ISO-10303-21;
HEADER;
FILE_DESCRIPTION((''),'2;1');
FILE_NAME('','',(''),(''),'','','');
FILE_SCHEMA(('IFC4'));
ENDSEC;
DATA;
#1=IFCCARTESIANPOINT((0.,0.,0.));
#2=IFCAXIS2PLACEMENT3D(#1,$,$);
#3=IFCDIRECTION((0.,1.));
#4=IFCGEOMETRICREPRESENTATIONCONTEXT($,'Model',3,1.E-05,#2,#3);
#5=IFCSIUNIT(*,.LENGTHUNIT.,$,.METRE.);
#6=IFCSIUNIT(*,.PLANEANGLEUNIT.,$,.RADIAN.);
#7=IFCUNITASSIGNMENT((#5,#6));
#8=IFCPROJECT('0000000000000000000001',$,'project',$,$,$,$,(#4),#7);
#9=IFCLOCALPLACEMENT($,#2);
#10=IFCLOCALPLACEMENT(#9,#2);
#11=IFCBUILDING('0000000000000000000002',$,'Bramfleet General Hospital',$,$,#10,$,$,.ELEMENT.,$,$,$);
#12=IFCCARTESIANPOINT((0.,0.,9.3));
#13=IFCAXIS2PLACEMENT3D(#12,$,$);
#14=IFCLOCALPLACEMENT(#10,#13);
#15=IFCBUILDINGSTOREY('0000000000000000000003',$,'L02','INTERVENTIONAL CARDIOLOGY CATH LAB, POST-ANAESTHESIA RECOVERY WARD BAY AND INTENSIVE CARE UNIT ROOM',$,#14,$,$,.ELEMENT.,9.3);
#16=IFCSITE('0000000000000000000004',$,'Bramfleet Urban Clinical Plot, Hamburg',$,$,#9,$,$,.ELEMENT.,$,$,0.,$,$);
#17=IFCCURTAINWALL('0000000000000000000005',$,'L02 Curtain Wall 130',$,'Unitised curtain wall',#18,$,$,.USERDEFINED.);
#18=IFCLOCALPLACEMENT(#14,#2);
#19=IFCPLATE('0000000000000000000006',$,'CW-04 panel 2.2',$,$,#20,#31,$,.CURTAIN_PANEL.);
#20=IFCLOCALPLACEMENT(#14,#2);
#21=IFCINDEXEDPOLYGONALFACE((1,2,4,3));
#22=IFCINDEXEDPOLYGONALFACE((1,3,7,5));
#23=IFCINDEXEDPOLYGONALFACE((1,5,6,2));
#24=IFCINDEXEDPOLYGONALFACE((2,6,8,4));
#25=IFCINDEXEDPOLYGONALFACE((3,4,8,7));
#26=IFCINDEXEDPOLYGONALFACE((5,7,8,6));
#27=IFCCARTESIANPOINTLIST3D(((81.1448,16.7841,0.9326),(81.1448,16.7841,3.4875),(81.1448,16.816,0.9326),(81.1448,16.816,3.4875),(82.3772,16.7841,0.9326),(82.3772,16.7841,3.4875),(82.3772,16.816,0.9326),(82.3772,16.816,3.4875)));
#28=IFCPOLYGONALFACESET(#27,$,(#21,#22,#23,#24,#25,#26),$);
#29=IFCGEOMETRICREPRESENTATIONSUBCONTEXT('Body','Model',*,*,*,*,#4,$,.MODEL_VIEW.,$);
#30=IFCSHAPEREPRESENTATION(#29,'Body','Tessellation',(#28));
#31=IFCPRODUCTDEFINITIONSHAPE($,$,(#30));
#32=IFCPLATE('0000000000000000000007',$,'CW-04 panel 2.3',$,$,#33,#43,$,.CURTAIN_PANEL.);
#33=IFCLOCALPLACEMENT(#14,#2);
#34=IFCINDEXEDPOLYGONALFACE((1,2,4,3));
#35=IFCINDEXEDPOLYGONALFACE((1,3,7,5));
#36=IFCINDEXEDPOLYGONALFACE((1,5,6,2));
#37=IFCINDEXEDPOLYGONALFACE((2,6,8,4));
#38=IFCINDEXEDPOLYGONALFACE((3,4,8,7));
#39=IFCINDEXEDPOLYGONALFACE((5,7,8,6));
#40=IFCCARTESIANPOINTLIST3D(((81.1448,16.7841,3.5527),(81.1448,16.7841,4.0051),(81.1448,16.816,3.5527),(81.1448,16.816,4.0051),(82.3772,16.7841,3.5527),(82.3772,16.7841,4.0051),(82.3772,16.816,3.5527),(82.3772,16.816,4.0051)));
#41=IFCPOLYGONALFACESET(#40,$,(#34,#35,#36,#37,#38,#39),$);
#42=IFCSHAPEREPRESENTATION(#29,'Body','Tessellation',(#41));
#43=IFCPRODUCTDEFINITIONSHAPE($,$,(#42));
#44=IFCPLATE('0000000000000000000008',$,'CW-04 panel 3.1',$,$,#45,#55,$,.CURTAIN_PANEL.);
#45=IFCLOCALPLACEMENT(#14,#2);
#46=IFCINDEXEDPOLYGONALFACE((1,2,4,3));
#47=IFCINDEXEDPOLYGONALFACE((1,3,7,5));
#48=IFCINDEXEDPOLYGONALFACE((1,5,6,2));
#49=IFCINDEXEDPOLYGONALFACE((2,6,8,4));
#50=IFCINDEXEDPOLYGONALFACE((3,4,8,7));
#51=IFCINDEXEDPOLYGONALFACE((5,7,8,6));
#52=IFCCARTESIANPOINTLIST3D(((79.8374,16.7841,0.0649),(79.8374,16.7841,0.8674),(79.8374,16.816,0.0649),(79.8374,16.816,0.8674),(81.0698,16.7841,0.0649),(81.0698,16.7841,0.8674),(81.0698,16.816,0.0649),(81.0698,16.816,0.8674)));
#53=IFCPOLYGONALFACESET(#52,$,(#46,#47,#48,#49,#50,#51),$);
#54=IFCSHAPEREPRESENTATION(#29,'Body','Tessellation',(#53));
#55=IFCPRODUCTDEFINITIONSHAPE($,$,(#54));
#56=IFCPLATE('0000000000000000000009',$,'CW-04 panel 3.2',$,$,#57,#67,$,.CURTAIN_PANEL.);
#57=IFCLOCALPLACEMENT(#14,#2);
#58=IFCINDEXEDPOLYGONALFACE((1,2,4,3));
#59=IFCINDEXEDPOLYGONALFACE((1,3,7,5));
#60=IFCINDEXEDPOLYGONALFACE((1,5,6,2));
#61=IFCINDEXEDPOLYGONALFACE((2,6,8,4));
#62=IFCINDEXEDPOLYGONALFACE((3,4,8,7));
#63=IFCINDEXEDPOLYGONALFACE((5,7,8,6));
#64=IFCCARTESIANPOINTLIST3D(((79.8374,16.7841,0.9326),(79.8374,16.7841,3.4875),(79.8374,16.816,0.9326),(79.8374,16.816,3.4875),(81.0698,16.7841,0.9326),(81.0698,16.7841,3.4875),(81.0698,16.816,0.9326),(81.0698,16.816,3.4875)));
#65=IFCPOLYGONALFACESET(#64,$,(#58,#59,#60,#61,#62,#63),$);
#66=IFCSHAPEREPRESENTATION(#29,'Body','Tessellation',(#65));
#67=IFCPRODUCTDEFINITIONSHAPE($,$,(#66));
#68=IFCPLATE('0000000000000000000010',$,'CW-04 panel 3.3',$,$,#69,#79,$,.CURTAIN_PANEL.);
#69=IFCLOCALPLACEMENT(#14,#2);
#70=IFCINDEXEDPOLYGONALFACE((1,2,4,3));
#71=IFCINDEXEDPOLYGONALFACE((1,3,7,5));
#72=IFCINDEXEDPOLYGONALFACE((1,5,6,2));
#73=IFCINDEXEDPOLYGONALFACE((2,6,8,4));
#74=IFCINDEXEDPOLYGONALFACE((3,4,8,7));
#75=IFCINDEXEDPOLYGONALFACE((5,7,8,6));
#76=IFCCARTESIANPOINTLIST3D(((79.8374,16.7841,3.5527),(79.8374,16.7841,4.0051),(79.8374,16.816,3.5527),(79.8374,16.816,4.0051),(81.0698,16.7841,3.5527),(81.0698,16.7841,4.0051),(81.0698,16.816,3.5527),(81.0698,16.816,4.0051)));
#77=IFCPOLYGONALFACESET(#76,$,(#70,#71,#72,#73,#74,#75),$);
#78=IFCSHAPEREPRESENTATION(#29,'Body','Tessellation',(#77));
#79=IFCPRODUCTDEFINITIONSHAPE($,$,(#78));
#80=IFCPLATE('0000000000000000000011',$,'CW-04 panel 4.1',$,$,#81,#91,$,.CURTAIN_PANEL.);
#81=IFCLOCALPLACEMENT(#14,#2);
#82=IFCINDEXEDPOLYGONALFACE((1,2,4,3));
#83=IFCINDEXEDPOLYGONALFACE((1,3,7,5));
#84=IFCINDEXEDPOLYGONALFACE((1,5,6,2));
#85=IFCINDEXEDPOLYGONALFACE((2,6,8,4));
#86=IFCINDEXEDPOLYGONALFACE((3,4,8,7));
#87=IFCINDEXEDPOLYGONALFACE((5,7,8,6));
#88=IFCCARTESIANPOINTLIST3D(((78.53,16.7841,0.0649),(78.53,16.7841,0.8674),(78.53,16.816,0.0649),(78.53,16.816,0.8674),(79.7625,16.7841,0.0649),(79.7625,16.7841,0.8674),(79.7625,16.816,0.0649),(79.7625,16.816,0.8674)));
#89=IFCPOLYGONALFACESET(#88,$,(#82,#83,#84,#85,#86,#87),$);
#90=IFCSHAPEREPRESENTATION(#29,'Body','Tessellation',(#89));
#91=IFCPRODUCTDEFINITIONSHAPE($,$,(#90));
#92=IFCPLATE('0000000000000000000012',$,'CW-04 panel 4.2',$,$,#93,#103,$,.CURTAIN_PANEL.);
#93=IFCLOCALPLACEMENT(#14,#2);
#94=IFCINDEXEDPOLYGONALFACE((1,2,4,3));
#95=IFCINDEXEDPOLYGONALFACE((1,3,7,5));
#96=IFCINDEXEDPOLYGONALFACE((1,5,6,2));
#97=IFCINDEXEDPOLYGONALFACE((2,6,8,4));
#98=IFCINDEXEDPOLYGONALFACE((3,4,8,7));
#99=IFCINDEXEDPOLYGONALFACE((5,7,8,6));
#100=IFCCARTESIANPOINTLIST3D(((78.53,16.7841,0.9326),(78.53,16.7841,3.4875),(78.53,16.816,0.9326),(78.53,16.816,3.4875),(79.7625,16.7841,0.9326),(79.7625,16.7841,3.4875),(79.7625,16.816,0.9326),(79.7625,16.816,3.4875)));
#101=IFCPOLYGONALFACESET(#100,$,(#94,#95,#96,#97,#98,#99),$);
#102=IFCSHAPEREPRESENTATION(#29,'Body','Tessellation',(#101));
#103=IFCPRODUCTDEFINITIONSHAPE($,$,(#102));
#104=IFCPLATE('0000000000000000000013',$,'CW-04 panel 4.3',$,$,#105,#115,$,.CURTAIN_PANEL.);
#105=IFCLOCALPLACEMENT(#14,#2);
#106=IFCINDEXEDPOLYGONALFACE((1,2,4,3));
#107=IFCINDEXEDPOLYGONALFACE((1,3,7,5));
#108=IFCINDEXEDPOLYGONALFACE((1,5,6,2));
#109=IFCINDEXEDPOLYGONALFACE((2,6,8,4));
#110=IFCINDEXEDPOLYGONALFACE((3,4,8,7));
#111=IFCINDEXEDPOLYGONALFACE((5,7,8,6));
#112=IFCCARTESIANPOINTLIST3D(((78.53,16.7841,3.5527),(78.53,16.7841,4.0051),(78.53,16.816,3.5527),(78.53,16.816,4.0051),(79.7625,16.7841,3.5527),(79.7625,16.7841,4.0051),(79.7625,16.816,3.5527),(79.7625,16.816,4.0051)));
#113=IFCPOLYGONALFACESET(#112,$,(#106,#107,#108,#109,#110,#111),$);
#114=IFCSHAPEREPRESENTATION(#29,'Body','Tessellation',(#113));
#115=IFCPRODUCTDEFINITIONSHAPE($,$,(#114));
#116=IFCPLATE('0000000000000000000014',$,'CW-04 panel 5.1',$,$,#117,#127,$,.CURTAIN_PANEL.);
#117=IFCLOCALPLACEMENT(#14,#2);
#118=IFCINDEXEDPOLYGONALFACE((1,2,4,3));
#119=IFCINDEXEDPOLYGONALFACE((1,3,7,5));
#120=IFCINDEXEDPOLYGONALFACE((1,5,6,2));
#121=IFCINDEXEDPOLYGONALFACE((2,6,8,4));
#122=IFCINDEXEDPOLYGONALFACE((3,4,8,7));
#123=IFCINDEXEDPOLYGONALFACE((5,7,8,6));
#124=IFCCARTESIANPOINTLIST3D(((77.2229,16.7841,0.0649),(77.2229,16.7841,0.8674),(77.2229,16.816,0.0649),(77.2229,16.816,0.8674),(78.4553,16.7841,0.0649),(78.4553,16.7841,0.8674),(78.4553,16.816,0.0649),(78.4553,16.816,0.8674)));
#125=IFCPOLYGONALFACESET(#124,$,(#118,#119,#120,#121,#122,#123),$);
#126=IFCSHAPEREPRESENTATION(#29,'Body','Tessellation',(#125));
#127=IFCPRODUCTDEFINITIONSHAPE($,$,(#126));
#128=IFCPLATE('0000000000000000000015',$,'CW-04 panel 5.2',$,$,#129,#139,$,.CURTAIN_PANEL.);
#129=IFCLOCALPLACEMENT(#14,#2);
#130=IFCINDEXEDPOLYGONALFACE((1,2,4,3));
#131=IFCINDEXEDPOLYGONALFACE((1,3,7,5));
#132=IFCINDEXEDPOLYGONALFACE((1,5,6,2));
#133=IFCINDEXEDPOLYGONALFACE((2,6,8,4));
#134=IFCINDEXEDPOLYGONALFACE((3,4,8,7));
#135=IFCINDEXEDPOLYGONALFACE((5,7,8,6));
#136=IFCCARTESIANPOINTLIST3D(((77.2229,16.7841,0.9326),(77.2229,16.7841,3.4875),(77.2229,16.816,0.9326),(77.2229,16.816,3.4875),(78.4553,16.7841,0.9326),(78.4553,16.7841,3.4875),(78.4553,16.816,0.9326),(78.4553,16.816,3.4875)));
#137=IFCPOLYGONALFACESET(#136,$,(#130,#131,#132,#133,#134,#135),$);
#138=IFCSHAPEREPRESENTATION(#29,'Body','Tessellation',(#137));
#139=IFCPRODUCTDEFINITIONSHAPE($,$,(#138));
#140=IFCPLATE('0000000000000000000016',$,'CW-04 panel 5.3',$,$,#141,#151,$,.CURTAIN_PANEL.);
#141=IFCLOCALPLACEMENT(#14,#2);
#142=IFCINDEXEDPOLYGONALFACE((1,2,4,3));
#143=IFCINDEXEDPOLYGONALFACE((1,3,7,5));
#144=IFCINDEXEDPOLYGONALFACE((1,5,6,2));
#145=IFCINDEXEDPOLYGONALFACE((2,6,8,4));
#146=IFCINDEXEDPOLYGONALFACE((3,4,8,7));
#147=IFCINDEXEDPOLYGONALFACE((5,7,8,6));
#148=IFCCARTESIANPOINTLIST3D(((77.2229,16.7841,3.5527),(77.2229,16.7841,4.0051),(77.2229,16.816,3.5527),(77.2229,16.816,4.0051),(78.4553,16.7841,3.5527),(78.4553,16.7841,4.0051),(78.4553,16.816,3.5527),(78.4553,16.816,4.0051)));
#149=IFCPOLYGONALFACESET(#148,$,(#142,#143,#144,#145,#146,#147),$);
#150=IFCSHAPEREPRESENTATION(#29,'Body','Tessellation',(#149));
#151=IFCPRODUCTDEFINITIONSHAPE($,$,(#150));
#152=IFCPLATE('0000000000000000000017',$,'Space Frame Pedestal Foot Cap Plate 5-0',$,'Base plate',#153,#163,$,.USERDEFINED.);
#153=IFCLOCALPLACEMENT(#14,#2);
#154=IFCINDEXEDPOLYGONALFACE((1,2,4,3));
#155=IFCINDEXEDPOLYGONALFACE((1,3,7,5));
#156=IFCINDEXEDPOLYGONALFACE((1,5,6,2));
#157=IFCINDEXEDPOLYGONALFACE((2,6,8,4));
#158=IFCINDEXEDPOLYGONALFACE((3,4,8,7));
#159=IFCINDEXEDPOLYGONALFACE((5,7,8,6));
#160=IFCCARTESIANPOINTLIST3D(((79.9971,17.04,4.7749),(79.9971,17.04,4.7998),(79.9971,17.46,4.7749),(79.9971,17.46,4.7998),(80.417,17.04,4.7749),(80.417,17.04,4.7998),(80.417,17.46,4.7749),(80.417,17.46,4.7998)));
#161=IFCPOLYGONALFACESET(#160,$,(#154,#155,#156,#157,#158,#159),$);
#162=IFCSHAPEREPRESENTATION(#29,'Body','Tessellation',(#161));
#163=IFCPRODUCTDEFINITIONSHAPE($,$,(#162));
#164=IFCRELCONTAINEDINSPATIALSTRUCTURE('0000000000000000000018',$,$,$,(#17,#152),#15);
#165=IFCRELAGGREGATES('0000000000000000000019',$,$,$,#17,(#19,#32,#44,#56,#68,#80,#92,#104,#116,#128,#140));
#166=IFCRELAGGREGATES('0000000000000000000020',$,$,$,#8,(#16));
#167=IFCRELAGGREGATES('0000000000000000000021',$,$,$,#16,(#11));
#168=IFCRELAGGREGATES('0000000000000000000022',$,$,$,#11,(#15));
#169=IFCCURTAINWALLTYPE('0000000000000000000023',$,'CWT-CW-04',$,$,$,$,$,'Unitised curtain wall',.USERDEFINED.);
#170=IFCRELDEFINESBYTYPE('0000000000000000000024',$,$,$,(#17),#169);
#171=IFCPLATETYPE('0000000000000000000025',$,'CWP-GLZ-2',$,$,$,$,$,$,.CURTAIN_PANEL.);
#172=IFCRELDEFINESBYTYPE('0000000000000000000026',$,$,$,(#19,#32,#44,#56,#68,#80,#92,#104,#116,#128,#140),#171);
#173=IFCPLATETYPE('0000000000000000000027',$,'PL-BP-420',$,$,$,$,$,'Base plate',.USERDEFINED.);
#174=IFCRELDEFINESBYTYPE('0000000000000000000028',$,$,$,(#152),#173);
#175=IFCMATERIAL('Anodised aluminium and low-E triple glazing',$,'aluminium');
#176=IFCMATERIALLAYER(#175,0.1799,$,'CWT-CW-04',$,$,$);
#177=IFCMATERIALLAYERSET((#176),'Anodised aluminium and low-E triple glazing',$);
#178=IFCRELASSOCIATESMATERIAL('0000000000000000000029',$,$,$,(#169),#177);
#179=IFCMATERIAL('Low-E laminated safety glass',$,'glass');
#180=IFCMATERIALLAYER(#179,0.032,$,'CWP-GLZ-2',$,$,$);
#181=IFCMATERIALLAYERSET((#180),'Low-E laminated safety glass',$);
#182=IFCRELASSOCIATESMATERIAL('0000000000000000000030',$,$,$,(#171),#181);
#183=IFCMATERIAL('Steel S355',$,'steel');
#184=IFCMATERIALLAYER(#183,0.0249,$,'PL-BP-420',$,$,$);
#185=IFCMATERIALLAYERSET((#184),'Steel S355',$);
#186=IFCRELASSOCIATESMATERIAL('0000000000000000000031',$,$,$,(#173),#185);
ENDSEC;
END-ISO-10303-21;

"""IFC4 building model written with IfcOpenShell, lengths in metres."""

from ifc_helpers import new_model, si_unit, direction, frame, origin, origin_2d, place, context, subcontext, project, spatial, rectangle, extrude, material, layer, layer_set, type_object, element, aggregate, save


model = new_model("IFC4")

# Units and contexts
model_context = context("Model", 3, precision=1e-05, world=origin(), true_north=direction((0.0, 1.0)))
body_context = subcontext(model_context, "Body", "Model", "MODEL_VIEW")
ifc_project = project(units=[si_unit("LENGTHUNIT", "METRE"), si_unit("PLANEANGLEUNIT", "RADIAN")], contexts=[model_context])

# Site, building, storey
site_placement = place(None, origin())
site = spatial("IfcSite", under=ifc_project, at=site_placement, Name="Bramfleet Urban Clinical Plot, Hamburg", CompositionType="ELEMENT", RefElevation=0.0)
building_placement = place(site_placement, origin())
building = spatial("IfcBuilding", under=site, at=building_placement, Name="Bramfleet General Hospital", CompositionType="ELEMENT")
storey_placement = place(building_placement, frame((0.0, 0.0, 9.3)))
storey = spatial("IfcBuildingStorey", under=building, at=storey_placement, Name="L02", Description="INTERVENTIONAL CARDIOLOGY CATH LAB, POST-ANAESTHESIA RECOVERY WARD BAY AND INTENSIVE CARE UNIT ROOM", CompositionType="ELEMENT", Elevation=9.3)

# Curtain wall, plates
ifc_material_1 = material(Name="Anodised aluminium and low-E triple glazing", Category="aluminium")
ifc_layer_1 = layer(ifc_material_1, 0.1799, Name="CWT-CW-04")
ifc_layer_set_1 = layer_set([ifc_layer_1], Name="Anodised aluminium and low-E triple glazing")
curtain_wall_type = type_object("IfcCurtainWallType", Name="CWT-CW-04", ElementType="Unitised curtain wall", PredefinedType="USERDEFINED", material=ifc_layer_set_1)
curtain_wall_placement = place(storey_placement, origin())
curtain_wall = element("IfcCurtainWall", 1, at=curtain_wall_placement, inside=storey, type_object=curtain_wall_type, Name="L02 Curtain Wall 130", ObjectType="Unitised curtain wall", PredefinedType="USERDEFINED")
ifc_material_2 = material(Name="Low-E laminated safety glass", Category="glass")
ifc_layer_2 = layer(ifc_material_2, 0.032, Name="CWP-GLZ-2")
ifc_layer_set_2 = layer_set([ifc_layer_2], Name="Low-E laminated safety glass")
plate_type_1 = type_object("IfcPlateType", Name="CWP-GLZ-2", PredefinedType="CURTAIN_PANEL", material=ifc_layer_set_2)
plate_1_placement = place(storey_placement, frame((81.761, 16.8, 0.9326), z_axis=(0.0, 0.0, 1.0), x_axis=(-1.0, 0.0, 0.0)))
plate_1 = element("IfcPlate", 2, at=plate_1_placement, type_object=plate_type_1, Name="CW-04 panel 2.2", PredefinedType="CURTAIN_PANEL", context=body_context, shape_type="SweptSolid", body=[
    extrude(rectangle(XDim=1.2324, YDim=0.032, at=origin_2d()), origin(), (0.0, 0.0, 1.0), 2.5549),
])
plate_2_placement = place(storey_placement, frame((81.761, 16.8, 3.5527), z_axis=(0.0, 0.0, 1.0), x_axis=(-1.0, 0.0, 0.0)))
plate_2 = element("IfcPlate", 3, at=plate_2_placement, type_object=plate_type_1, Name="CW-04 panel 2.3", PredefinedType="CURTAIN_PANEL", context=body_context, shape_type="SweptSolid", body=[
    extrude(rectangle(XDim=1.2324, YDim=0.032, at=origin_2d()), origin(), (0.0, 0.0, 1.0), 0.4524),
])
plate_3_placement = place(storey_placement, frame((80.4536, 16.8, 0.0649), z_axis=(0.0, 0.0, 1.0), x_axis=(-1.0, 0.0, 0.0)))
plate_3 = element("IfcPlate", 4, at=plate_3_placement, type_object=plate_type_1, Name="CW-04 panel 3.1", PredefinedType="CURTAIN_PANEL", context=body_context, shape_type="SweptSolid", body=[
    extrude(rectangle(XDim=1.2324, YDim=0.032, at=origin_2d()), origin(), (0.0, 0.0, 1.0), 0.8025),
])
plate_4_placement = place(storey_placement, frame((80.4536, 16.8, 0.9326), z_axis=(0.0, 0.0, 1.0), x_axis=(-1.0, 0.0, 0.0)))
plate_4 = element("IfcPlate", 5, at=plate_4_placement, type_object=plate_type_1, Name="CW-04 panel 3.2", PredefinedType="CURTAIN_PANEL", context=body_context, shape_type="SweptSolid", body=[
    extrude(rectangle(XDim=1.2324, YDim=0.032, at=origin_2d()), origin(), (0.0, 0.0, 1.0), 2.5549),
])
plate_5_placement = place(storey_placement, frame((80.4536, 16.8, 3.5527), z_axis=(0.0, 0.0, 1.0), x_axis=(-1.0, 0.0, 0.0)))
plate_5 = element("IfcPlate", 6, at=plate_5_placement, type_object=plate_type_1, Name="CW-04 panel 3.3", PredefinedType="CURTAIN_PANEL", context=body_context, shape_type="SweptSolid", body=[
    extrude(rectangle(XDim=1.2324, YDim=0.032, at=origin_2d()), origin(), (0.0, 0.0, 1.0), 0.4524),
])
plate_6_placement = place(storey_placement, frame((79.1462, 16.8, 0.0649), z_axis=(0.0, 0.0, 1.0), x_axis=(-1.0, 0.0, 0.0)))
plate_6 = element("IfcPlate", 7, at=plate_6_placement, type_object=plate_type_1, Name="CW-04 panel 4.1", PredefinedType="CURTAIN_PANEL", context=body_context, shape_type="SweptSolid", body=[
    extrude(rectangle(XDim=1.2324, YDim=0.032, at=origin_2d()), origin(), (0.0, 0.0, 1.0), 0.8025),
])
plate_7_placement = place(storey_placement, frame((79.1462, 16.8, 0.9326), z_axis=(0.0, 0.0, 1.0), x_axis=(-1.0, 0.0, 0.0)))
plate_7 = element("IfcPlate", 8, at=plate_7_placement, type_object=plate_type_1, Name="CW-04 panel 4.2", PredefinedType="CURTAIN_PANEL", context=body_context, shape_type="SweptSolid", body=[
    extrude(rectangle(XDim=1.2324, YDim=0.032, at=origin_2d()), origin(), (0.0, 0.0, 1.0), 2.5549),
])
plate_8_placement = place(storey_placement, frame((79.1462, 16.8, 3.5527), z_axis=(0.0, 0.0, 1.0), x_axis=(-1.0, 0.0, 0.0)))
plate_8 = element("IfcPlate", 9, at=plate_8_placement, type_object=plate_type_1, Name="CW-04 panel 4.3", PredefinedType="CURTAIN_PANEL", context=body_context, shape_type="SweptSolid", body=[
    extrude(rectangle(XDim=1.2324, YDim=0.032, at=origin_2d()), origin(), (0.0, 0.0, 1.0), 0.4524),
])
plate_9_placement = place(storey_placement, frame((77.8391, 16.8, 0.0649), z_axis=(0.0, 0.0, 1.0), x_axis=(-1.0, 0.0, 0.0)))
plate_9 = element("IfcPlate", 10, at=plate_9_placement, type_object=plate_type_1, Name="CW-04 panel 5.1", PredefinedType="CURTAIN_PANEL", context=body_context, shape_type="SweptSolid", body=[
    extrude(rectangle(XDim=1.2324, YDim=0.032, at=origin_2d()), origin(), (0.0, 0.0, 1.0), 0.8025),
])
plate_10_placement = place(storey_placement, frame((77.8391, 16.8, 0.9326), z_axis=(0.0, 0.0, 1.0), x_axis=(-1.0, 0.0, 0.0)))
plate_10 = element("IfcPlate", 11, at=plate_10_placement, type_object=plate_type_1, Name="CW-04 panel 5.2", PredefinedType="CURTAIN_PANEL", context=body_context, shape_type="SweptSolid", body=[
    extrude(rectangle(XDim=1.2324, YDim=0.032, at=origin_2d()), origin(), (0.0, 0.0, 1.0), 2.5549),
])
plate_11_placement = place(storey_placement, frame((77.8391, 16.8, 3.5527), z_axis=(0.0, 0.0, 1.0), x_axis=(-1.0, 0.0, 0.0)))
plate_11 = element("IfcPlate", 12, at=plate_11_placement, type_object=plate_type_1, Name="CW-04 panel 5.3", PredefinedType="CURTAIN_PANEL", context=body_context, shape_type="SweptSolid", body=[
    extrude(rectangle(XDim=1.2324, YDim=0.032, at=origin_2d()), origin(), (0.0, 0.0, 1.0), 0.4524),
])
aggregate(curtain_wall, [plate_1, plate_2, plate_3, plate_4, plate_5, plate_6, plate_7, plate_8, plate_9, plate_10, plate_11])

# Plate
ifc_material_3 = material(Name="Steel S355", Category="steel")
ifc_layer_3 = layer(ifc_material_3, 0.0249, Name="PL-BP-420")
ifc_layer_set_3 = layer_set([ifc_layer_3], Name="Steel S355")
plate_type_2 = type_object("IfcPlateType", Name="PL-BP-420", ElementType="Base plate", PredefinedType="USERDEFINED", material=ifc_layer_set_3)
plate_12_placement = place(storey_placement, frame((80.207, 17.25, 4.7749), z_axis=(0.0, 0.0, 1.0), x_axis=(1.0, 0.0, 0.0)))
element("IfcPlate", 13, at=plate_12_placement, inside=storey, type_object=plate_type_2, Name="Space Frame Pedestal Foot Cap Plate 5-0", ObjectType="Base plate", PredefinedType="USERDEFINED", context=body_context, shape_type="SweptSolid", body=[
    extrude(rectangle(XDim=0.4199, YDim=0.4199, at=origin_2d()), origin(), (0.0, 0.0, 1.0), 0.0249),
])

save(model, "model.ifc")
